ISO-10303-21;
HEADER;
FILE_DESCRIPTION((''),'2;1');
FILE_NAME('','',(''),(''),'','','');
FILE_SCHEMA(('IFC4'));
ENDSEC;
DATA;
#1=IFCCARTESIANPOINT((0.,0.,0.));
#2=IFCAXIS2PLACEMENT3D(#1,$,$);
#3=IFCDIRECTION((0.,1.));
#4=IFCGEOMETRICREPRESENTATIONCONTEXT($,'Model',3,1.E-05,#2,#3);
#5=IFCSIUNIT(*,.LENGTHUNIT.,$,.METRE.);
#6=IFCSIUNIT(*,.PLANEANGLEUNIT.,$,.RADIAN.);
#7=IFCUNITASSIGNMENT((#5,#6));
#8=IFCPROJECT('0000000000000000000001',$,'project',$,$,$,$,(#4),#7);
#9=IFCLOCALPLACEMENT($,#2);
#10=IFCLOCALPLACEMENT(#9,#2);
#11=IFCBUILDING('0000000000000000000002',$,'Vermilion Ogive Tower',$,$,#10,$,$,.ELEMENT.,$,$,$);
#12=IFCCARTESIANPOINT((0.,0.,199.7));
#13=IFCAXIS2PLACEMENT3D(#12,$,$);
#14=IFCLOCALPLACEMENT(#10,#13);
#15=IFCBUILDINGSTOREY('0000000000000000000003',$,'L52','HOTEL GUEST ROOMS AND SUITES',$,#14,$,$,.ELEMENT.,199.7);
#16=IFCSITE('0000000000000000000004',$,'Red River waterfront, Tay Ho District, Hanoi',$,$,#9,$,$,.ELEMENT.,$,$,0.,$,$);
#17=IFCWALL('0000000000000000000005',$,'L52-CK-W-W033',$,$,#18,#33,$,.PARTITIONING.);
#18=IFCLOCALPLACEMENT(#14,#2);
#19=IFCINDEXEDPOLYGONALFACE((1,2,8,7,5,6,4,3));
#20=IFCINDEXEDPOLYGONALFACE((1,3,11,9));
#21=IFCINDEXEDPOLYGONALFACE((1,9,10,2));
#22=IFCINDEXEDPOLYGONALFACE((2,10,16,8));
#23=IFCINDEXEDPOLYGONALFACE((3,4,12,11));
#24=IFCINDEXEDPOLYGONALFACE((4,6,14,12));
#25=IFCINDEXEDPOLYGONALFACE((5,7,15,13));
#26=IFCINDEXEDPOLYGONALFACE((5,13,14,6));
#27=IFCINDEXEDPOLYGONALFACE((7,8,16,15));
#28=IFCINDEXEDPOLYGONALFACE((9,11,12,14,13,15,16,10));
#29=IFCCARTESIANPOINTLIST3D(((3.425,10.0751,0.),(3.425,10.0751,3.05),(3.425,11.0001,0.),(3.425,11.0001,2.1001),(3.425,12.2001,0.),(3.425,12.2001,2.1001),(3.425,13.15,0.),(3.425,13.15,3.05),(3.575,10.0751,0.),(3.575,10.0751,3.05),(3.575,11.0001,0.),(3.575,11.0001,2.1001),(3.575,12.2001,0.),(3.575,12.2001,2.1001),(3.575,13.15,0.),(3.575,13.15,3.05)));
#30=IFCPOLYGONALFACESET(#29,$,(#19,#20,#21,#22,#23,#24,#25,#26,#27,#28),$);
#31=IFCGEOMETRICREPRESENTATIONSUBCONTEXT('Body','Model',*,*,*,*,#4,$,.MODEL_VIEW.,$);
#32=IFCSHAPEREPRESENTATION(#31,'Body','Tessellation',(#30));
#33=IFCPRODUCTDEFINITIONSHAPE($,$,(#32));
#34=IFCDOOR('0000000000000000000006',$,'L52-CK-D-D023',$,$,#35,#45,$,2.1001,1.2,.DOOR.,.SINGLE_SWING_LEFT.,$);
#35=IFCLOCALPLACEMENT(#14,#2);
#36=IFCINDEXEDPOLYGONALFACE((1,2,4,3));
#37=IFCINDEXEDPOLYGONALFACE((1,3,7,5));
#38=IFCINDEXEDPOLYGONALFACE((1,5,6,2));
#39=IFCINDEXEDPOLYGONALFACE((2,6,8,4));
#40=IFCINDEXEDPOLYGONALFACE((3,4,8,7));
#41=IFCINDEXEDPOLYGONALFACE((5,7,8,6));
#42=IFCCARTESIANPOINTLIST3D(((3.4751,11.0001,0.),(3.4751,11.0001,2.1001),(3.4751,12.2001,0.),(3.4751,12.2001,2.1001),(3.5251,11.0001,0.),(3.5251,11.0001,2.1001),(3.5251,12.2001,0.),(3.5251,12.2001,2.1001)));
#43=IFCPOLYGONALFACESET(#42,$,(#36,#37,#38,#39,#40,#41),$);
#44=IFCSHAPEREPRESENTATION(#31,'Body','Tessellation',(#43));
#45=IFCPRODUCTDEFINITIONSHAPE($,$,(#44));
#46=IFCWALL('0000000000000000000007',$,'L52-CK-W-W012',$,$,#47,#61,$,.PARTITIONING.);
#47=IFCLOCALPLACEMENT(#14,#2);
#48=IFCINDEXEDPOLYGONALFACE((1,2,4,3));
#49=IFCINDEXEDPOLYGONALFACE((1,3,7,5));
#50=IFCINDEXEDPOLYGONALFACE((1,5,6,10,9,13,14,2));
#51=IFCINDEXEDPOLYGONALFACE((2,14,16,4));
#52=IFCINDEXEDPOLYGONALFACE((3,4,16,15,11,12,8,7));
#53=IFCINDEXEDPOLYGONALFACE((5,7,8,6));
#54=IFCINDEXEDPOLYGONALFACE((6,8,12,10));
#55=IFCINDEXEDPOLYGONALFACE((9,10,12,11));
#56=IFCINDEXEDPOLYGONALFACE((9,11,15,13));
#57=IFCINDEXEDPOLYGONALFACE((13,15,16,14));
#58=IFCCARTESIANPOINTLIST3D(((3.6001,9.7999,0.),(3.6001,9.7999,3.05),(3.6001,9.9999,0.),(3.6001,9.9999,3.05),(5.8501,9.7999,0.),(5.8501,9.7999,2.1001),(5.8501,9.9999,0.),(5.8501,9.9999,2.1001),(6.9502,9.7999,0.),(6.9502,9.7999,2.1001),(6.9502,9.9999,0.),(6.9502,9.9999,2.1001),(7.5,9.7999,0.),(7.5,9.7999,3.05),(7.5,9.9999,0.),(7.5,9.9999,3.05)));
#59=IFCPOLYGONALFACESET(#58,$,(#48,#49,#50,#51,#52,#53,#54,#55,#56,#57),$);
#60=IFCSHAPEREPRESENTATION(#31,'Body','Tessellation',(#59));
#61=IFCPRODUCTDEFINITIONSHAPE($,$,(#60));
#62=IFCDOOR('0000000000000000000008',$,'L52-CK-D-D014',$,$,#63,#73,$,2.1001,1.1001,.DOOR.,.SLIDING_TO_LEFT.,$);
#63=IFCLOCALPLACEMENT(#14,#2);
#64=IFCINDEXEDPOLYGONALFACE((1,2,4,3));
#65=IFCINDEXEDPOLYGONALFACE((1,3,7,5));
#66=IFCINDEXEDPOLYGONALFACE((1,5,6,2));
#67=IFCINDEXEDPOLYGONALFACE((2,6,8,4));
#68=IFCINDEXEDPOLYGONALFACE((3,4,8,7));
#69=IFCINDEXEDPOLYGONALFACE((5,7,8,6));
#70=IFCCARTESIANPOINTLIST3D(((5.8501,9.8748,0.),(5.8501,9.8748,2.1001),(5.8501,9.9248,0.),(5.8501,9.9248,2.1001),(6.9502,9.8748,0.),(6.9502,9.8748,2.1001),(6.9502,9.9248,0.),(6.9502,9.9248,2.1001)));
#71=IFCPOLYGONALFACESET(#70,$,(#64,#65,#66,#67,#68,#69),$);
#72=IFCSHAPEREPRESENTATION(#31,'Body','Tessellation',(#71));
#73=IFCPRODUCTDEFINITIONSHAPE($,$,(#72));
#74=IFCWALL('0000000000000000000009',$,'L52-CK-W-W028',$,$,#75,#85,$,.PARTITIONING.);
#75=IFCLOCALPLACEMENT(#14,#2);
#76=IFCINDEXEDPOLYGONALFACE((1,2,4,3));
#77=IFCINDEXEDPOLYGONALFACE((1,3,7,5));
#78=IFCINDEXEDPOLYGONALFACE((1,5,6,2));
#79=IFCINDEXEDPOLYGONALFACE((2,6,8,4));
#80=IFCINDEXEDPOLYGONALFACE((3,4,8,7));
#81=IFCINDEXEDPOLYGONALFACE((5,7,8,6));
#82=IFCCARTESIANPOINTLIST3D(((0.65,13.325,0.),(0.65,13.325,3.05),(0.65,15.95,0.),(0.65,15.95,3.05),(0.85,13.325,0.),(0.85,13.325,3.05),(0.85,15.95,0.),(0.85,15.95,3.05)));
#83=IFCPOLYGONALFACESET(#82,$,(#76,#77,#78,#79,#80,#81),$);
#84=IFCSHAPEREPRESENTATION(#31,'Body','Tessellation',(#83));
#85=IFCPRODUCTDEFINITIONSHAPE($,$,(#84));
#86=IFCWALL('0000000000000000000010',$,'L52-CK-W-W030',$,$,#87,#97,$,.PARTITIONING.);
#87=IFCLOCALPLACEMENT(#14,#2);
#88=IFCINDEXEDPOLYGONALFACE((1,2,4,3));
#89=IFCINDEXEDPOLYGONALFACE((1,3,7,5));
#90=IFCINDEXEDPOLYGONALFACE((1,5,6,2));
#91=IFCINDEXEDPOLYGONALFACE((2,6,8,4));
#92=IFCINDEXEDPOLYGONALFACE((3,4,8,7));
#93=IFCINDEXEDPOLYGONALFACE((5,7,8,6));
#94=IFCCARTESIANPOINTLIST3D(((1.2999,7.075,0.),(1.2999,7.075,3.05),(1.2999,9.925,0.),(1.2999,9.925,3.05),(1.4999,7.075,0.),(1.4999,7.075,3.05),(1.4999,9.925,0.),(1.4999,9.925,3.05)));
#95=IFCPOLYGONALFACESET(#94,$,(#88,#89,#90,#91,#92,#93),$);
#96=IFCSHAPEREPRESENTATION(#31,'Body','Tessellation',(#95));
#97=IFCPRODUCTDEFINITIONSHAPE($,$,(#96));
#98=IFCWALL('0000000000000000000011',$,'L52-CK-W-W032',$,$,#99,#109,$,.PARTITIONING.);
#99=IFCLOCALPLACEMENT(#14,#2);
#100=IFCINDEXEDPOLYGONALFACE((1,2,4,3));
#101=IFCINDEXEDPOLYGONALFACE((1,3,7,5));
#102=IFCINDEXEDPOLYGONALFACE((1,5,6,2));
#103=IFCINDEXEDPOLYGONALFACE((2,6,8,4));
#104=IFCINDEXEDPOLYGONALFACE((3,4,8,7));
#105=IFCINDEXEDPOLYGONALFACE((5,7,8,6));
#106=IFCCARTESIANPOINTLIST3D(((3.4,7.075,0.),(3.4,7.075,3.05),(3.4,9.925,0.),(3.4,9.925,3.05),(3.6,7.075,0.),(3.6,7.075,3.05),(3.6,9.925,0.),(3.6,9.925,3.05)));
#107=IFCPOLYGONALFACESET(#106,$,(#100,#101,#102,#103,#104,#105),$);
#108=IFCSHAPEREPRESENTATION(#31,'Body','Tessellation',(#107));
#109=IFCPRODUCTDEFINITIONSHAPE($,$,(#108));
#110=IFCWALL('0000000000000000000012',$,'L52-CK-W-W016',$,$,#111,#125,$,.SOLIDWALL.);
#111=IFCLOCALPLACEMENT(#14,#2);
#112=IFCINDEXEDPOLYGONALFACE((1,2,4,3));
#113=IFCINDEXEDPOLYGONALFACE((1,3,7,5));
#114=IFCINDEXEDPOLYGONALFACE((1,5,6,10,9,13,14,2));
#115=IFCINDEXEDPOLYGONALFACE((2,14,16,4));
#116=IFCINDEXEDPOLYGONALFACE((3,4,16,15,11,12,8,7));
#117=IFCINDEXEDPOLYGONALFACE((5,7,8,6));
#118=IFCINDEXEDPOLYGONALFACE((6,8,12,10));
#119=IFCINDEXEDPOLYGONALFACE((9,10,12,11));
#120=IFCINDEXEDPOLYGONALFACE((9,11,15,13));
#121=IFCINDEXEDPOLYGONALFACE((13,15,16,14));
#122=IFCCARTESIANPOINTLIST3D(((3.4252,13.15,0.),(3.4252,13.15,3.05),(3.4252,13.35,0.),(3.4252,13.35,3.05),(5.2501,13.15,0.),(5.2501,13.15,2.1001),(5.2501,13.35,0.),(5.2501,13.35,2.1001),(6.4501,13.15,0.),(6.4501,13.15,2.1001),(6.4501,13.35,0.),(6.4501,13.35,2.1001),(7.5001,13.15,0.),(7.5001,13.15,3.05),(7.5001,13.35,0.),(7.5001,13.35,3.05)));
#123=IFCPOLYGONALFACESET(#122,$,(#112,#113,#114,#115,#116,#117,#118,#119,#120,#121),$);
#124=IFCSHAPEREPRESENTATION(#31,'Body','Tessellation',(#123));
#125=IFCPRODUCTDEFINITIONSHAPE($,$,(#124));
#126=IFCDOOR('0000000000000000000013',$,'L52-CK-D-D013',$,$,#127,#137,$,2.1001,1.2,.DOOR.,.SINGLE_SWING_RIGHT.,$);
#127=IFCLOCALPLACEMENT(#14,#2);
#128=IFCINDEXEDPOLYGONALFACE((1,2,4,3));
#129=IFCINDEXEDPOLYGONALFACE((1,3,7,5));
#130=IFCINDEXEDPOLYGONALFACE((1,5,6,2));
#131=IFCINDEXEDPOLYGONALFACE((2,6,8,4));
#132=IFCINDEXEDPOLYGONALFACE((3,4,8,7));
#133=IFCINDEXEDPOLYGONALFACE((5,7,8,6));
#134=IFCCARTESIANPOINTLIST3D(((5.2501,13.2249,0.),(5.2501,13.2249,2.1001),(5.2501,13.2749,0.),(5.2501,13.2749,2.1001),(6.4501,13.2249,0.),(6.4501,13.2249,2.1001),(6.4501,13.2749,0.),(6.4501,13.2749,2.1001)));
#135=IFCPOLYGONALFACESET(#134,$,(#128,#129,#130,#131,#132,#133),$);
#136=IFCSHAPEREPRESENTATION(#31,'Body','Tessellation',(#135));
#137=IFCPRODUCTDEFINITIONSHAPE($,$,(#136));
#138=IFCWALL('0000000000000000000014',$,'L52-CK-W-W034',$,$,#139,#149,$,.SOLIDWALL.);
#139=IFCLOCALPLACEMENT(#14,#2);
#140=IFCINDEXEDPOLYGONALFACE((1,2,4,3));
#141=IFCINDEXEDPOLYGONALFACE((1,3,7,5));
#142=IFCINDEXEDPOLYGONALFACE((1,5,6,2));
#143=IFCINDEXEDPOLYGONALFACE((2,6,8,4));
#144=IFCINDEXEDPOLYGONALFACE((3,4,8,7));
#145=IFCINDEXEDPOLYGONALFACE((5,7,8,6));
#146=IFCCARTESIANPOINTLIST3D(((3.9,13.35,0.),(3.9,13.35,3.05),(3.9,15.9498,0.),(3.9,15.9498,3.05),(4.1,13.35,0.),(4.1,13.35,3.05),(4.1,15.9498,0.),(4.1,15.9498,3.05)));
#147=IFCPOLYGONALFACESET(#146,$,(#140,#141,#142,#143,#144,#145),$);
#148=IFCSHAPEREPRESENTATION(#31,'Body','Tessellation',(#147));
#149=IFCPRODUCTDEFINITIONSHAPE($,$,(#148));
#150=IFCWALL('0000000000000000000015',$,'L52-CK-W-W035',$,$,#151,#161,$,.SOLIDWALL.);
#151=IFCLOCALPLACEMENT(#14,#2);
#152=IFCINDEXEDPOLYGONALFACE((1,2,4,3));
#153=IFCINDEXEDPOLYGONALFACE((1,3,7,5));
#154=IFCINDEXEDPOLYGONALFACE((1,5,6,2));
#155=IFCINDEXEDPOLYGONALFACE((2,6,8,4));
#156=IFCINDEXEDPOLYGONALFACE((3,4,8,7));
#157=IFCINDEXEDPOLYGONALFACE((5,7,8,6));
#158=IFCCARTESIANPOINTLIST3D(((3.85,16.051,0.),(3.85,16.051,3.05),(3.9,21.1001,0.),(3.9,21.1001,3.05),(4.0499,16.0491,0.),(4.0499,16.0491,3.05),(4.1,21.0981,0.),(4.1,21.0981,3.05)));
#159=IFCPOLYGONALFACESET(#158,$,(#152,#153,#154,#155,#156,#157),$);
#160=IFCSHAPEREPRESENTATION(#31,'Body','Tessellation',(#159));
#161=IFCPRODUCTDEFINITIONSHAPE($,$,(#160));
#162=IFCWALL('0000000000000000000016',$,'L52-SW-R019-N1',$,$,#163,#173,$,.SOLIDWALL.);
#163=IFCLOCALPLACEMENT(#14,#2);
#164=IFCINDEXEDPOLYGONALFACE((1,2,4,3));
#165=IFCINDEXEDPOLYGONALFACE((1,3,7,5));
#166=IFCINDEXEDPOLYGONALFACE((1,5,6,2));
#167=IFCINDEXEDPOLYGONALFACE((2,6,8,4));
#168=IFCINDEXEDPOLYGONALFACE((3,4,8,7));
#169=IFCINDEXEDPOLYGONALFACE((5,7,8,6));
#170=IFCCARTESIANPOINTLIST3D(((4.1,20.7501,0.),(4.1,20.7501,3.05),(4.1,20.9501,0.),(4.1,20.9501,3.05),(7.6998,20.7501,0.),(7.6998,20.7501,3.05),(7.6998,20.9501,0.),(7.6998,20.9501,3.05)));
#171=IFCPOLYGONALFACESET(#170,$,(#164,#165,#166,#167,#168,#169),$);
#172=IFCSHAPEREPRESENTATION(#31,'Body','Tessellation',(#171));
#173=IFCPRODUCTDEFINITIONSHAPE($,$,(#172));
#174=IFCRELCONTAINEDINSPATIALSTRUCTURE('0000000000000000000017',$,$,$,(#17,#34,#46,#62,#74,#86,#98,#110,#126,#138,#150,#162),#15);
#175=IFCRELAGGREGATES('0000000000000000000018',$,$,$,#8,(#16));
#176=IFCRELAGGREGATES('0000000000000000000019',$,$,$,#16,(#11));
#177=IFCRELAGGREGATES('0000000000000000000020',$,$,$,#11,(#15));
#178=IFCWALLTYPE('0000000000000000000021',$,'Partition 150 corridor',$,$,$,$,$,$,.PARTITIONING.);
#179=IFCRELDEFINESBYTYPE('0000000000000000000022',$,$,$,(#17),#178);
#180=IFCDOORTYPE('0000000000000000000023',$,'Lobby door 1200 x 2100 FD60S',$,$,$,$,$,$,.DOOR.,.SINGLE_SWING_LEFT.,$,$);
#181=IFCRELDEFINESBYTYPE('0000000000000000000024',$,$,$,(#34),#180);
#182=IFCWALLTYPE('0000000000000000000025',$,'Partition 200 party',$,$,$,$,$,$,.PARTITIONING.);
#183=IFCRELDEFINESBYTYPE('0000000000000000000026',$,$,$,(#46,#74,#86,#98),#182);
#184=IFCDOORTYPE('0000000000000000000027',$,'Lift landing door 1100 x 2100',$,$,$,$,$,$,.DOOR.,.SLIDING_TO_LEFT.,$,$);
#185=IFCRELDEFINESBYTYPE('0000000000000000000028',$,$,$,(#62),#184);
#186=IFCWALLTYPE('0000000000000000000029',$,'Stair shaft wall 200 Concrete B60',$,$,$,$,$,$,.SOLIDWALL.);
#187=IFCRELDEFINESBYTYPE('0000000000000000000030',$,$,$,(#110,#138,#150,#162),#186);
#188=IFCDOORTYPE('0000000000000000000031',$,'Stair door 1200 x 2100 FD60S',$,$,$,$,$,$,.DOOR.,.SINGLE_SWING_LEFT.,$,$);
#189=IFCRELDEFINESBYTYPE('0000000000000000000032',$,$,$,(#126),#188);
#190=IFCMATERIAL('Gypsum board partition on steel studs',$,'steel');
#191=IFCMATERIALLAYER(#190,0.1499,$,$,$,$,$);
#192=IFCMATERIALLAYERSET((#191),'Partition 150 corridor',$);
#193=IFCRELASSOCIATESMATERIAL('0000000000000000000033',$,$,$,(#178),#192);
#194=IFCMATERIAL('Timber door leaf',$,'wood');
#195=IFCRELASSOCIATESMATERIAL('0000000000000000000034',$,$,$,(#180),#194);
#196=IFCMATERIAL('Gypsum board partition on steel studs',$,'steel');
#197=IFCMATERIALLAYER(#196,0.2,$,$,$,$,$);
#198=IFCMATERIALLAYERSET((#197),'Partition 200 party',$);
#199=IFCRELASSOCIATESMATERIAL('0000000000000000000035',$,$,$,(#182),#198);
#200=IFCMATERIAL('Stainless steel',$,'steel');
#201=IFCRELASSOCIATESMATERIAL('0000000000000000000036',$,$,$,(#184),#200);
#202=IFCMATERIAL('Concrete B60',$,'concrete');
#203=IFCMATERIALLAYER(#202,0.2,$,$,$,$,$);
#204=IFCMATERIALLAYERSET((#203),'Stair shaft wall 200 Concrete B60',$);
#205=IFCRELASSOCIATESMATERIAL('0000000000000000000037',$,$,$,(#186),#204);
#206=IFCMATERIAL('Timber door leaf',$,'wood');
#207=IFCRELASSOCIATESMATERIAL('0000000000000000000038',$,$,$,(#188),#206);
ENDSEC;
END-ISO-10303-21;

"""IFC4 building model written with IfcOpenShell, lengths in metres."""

from ifc_helpers import new_model, si_unit, direction, frame, frame_2d, origin, place, context, subcontext, project, spatial, rectangle, extrude, material, layer, layer_set, type_object, element, fill, save


model = new_model("IFC4")

# Units and contexts
model_context = context("Model", 3, precision=1e-05, world=origin(), true_north=direction((0.0, 1.0)))
body_context = subcontext(model_context, "Body", "Model", "MODEL_VIEW")
ifc_project = project(units=[si_unit("LENGTHUNIT", "METRE"), si_unit("PLANEANGLEUNIT", "RADIAN")], contexts=[model_context])

# Site, building, storey
site_placement = place(None, origin())
site = spatial("IfcSite", under=ifc_project, at=site_placement, Name="Red River waterfront, Tay Ho District, Hanoi", CompositionType="ELEMENT", RefElevation=0.0)
building_placement = place(site_placement, origin())
building = spatial("IfcBuilding", under=site, at=building_placement, Name="Vermilion Ogive Tower", CompositionType="ELEMENT")
storey_placement = place(building_placement, frame((0.0, 0.0, 199.7)))
storey = spatial("IfcBuildingStorey", under=building, at=storey_placement, Name="L52", Description="HOTEL GUEST ROOMS AND SUITES", CompositionType="ELEMENT", Elevation=199.7)

# Walls, openings, doors
ifc_material_1 = material(Name="Gypsum board partition on steel studs", Category="steel")
ifc_layer_1 = layer(ifc_material_1, 0.1499)
ifc_layer_set_1 = layer_set([ifc_layer_1], Name="Partition 150 corridor")
wall_type_1 = type_object("IfcWallType", Name="Partition 150 corridor", PredefinedType="PARTITIONING", material=ifc_layer_set_1)
wall_1_placement = place(storey_placement, frame((3.5, 10.075, 0.0), z_axis=(0.0, 0.0, 1.0), x_axis=(0.0, 1.0, 0.0)))
wall_1 = element("IfcWall", 1, at=wall_1_placement, inside=storey, type_object=wall_type_1, Name="L52-CK-W-W033", PredefinedType="PARTITIONING", context=body_context, shape_type="SweptSolid", body=[
    extrude(rectangle(XDim=3.075, YDim=0.1499, at=frame_2d((1.5376, 0.0))), origin(), (0.0, 0.0, 1.0), 3.05),
])
opening_1_placement = place(wall_1_placement, frame((0.925, 0.0, 0.0)))
opening_1 = element("IfcOpeningElement", 2, at=opening_1_placement, cuts=wall_1, PredefinedType="OPENING", context=body_context, shape_type="SweptSolid", body=[
    extrude(rectangle(XDim=1.2, YDim=2.1001, at=frame_2d((0.6001, 1.05))), frame((0.0, 0.085, 0.0), z_axis=(0.0, -1.0, 0.0), x_axis=(1.0, 0.0, 0.0)), (0.0, 0.0, 1.0), 0.1699),
])
ifc_material_2 = material(Name="Timber door leaf", Category="wood")
door_type_1 = type_object("IfcDoorType", Name="Lobby door 1200 x 2100 FD60S", OperationType="SINGLE_SWING_LEFT", PredefinedType="DOOR", material=ifc_material_2)
door_1_placement = place(opening_1_placement, origin())
door_1 = element("IfcDoor", 3, at=door_1_placement, inside=storey, type_object=door_type_1, Name="L52-CK-D-D023", OperationType="SINGLE_SWING_LEFT", OverallHeight=2.1001, OverallWidth=1.2, PredefinedType="DOOR", context=body_context, shape_type="SweptSolid", body=[
    extrude(rectangle(XDim=1.2, YDim=2.1001, at=frame_2d((0.6001, 1.05))), frame((0.0, 0.0249, 0.0), z_axis=(0.0, -1.0, 0.0), x_axis=(1.0, 0.0, 0.0)), (0.0, 0.0, 1.0), 0.05),
])
fill(opening_1, door_1)
ifc_material_3 = material(Name="Gypsum board partition on steel studs", Category="steel")
ifc_layer_2 = layer(ifc_material_3, 0.2)
ifc_layer_set_2 = layer_set([ifc_layer_2], Name="Partition 200 party")
wall_type_2 = type_object("IfcWallType", Name="Partition 200 party", PredefinedType="PARTITIONING", material=ifc_layer_set_2)
wall_2_placement = place(storey_placement, frame((3.6001, 9.8999, 0.0), z_axis=(0.0, 0.0, 1.0), x_axis=(1.0, 0.0, 0.0)))
wall_2 = element("IfcWall", 4, at=wall_2_placement, inside=storey, type_object=wall_type_2, Name="L52-CK-W-W012", PredefinedType="PARTITIONING", context=body_context, shape_type="SweptSolid", body=[
    extrude(rectangle(XDim=3.8999, YDim=0.2, at=frame_2d((1.95, 0.0))), origin(), (0.0, 0.0, 1.0), 3.05),
])
opening_2_placement = place(wall_2_placement, frame((2.25, 0.0, 0.0)))
opening_2 = element("IfcOpeningElement", 5, at=opening_2_placement, cuts=wall_2, PredefinedType="OPENING", context=body_context, shape_type="SweptSolid", body=[
    extrude(rectangle(XDim=1.1001, YDim=2.1001, at=frame_2d((0.55, 1.05))), frame((0.0, 0.1099, 0.0), z_axis=(0.0, -1.0, 0.0), x_axis=(1.0, 0.0, 0.0)), (0.0, 0.0, 1.0), 0.22),
])
ifc_material_4 = material(Name="Stainless steel", Category="steel")
door_type_2 = type_object("IfcDoorType", Name="Lift landing door 1100 x 2100", OperationType="SLIDING_TO_LEFT", PredefinedType="DOOR", material=ifc_material_4)
door_2_placement = place(opening_2_placement, origin())
door_2 = element("IfcDoor", 6, at=door_2_placement, inside=storey, type_object=door_type_2, Name="L52-CK-D-D014", OperationType="SLIDING_TO_LEFT", OverallHeight=2.1001, OverallWidth=1.1001, PredefinedType="DOOR", context=body_context, shape_type="SweptSolid", body=[
    extrude(rectangle(XDim=1.1001, YDim=2.1001, at=frame_2d((0.55, 1.05))), frame((0.0, 0.0249, 0.0), z_axis=(0.0, -1.0, 0.0), x_axis=(1.0, 0.0, 0.0)), (0.0, 0.0, 1.0), 0.05),
])
fill(opening_2, door_2)

# Walls
wall_3_placement = place(storey_placement, frame((0.75, 13.325, 0.0), z_axis=(0.0, 0.0, 1.0), x_axis=(0.0, 1.0, 0.0)))
element("IfcWall", 7, at=wall_3_placement, inside=storey, type_object=wall_type_2, Name="L52-CK-W-W028", PredefinedType="PARTITIONING", context=body_context, shape_type="SweptSolid", body=[
    extrude(rectangle(XDim=2.625, YDim=0.2, at=frame_2d((1.3125, 0.0))), origin(), (0.0, 0.0, 1.0), 3.05),
])
for number, where, z_axis, x_axis, name in (
    (8, (1.3999, 7.075, 0.0), (0.0, 0.0, 1.0), (0.0, 1.0, 0.0), "L52-CK-W-W030"),
    (9, (3.5, 7.075, 0.0), (0.0, 0.0, 1.0), (0.0, 1.0, 0.0), "L52-CK-W-W032"),
):
    element("IfcWall", number, at=place(storey_placement, frame(where, z_axis=z_axis, x_axis=x_axis)), inside=storey, type_object=wall_type_2, Name=name, PredefinedType="PARTITIONING", context=body_context, shape_type="SweptSolid", body=[
        extrude(rectangle(XDim=2.8501, YDim=0.2, at=frame_2d((1.425, 0.0))), origin(), (0.0, 0.0, 1.0), 3.05),
    ])

# Wall, opening, door
ifc_material_5 = material(Name="Concrete B60", Category="concrete")
ifc_layer_3 = layer(ifc_material_5, 0.2)
ifc_layer_set_3 = layer_set([ifc_layer_3], Name="Stair shaft wall 200 Concrete B60")
wall_type_3 = type_object("IfcWallType", Name="Stair shaft wall 200 Concrete B60", PredefinedType="SOLIDWALL", material=ifc_layer_set_3)
wall_4_placement = place(storey_placement, frame((3.425, 13.25, 0.0), z_axis=(0.0, 0.0, 1.0), x_axis=(1.0, 0.0, 0.0)))
wall_4 = element("IfcWall", 10, at=wall_4_placement, inside=storey, type_object=wall_type_3, Name="L52-CK-W-W016", PredefinedType="SOLIDWALL", context=body_context, shape_type="SweptSolid", body=[
    extrude(rectangle(XDim=4.075, YDim=0.2, at=frame_2d((2.0376, 0.0))), origin(), (0.0, 0.0, 1.0), 3.05),
])
opening_3_placement = place(wall_4_placement, frame((1.825, 0.0, 0.0)))
opening_3 = element("IfcOpeningElement", 11, at=opening_3_placement, cuts=wall_4, PredefinedType="OPENING", context=body_context, shape_type="SweptSolid", body=[
    extrude(rectangle(XDim=1.2, YDim=2.1001, at=frame_2d((0.6001, 1.05))), frame((0.0, 0.1099, 0.0), z_axis=(0.0, -1.0, 0.0), x_axis=(1.0, 0.0, 0.0)), (0.0, 0.0, 1.0), 0.22),
])
ifc_material_6 = material(Name="Timber door leaf", Category="wood")
door_type_3 = type_object("IfcDoorType", Name="Stair door 1200 x 2100 FD60S", OperationType="SINGLE_SWING_LEFT", PredefinedType="DOOR", material=ifc_material_6)
door_3_placement = place(opening_3_placement, origin())
door_3 = element("IfcDoor", 12, at=door_3_placement, inside=storey, type_object=door_type_3, Name="L52-CK-D-D013", OperationType="SINGLE_SWING_RIGHT", OverallHeight=2.1001, OverallWidth=1.2, PredefinedType="DOOR", context=body_context, shape_type="SweptSolid", body=[
    extrude(rectangle(XDim=1.2, YDim=2.1001, at=frame_2d((0.6001, 1.05))), frame((0.0, 0.0249, 0.0), z_axis=(0.0, -1.0, 0.0), x_axis=(1.0, 0.0, 0.0)), (0.0, 0.0, 1.0), 0.05),
])
fill(opening_3, door_3)

# Walls
wall_5_placement = place(storey_placement, frame((4.0, 13.3501, 0.0), z_axis=(0.0, 0.0, 1.0), x_axis=(0.0, 1.0, 0.0)))
element("IfcWall", 13, at=wall_5_placement, inside=storey, type_object=wall_type_3, Name="L52-CK-W-W034", PredefinedType="SOLIDWALL", context=body_context, shape_type="SweptSolid", body=[
    extrude(rectangle(XDim=2.5999, YDim=0.2, at=frame_2d((1.2998, 0.0))), origin(), (0.0, 0.0, 1.0), 3.05),
])
wall_6_placement = place(storey_placement, frame((3.95, 16.05, 0.0), z_axis=(0.0, 0.0, 1.0), x_axis=(0.009912, 0.999951, 0.0)))
element("IfcWall", 14, at=wall_6_placement, inside=storey, type_object=wall_type_3, Name="L52-CK-W-W035", PredefinedType="SOLIDWALL", context=body_context, shape_type="SweptSolid", body=[
    extrude(rectangle(XDim=5.0493, YDim=0.2, at=frame_2d((2.5247, 0.0))), origin(), (0.0, 0.0, 1.0), 3.05),
])
wall_7_placement = place(storey_placement, frame((4.1001, 20.8501, 0.0), z_axis=(0.0, 0.0, 1.0), x_axis=(1.0, 0.0, 0.0)))
element("IfcWall", 15, at=wall_7_placement, inside=storey, type_object=wall_type_3, Name="L52-SW-R019-N1", PredefinedType="SOLIDWALL", context=body_context, shape_type="SweptSolid", body=[
    extrude(rectangle(XDim=3.5999, YDim=0.2, at=frame_2d((1.7998, 0.0))), origin(), (0.0, 0.0, 1.0), 3.05),
])

save(model, "model.ifc")
